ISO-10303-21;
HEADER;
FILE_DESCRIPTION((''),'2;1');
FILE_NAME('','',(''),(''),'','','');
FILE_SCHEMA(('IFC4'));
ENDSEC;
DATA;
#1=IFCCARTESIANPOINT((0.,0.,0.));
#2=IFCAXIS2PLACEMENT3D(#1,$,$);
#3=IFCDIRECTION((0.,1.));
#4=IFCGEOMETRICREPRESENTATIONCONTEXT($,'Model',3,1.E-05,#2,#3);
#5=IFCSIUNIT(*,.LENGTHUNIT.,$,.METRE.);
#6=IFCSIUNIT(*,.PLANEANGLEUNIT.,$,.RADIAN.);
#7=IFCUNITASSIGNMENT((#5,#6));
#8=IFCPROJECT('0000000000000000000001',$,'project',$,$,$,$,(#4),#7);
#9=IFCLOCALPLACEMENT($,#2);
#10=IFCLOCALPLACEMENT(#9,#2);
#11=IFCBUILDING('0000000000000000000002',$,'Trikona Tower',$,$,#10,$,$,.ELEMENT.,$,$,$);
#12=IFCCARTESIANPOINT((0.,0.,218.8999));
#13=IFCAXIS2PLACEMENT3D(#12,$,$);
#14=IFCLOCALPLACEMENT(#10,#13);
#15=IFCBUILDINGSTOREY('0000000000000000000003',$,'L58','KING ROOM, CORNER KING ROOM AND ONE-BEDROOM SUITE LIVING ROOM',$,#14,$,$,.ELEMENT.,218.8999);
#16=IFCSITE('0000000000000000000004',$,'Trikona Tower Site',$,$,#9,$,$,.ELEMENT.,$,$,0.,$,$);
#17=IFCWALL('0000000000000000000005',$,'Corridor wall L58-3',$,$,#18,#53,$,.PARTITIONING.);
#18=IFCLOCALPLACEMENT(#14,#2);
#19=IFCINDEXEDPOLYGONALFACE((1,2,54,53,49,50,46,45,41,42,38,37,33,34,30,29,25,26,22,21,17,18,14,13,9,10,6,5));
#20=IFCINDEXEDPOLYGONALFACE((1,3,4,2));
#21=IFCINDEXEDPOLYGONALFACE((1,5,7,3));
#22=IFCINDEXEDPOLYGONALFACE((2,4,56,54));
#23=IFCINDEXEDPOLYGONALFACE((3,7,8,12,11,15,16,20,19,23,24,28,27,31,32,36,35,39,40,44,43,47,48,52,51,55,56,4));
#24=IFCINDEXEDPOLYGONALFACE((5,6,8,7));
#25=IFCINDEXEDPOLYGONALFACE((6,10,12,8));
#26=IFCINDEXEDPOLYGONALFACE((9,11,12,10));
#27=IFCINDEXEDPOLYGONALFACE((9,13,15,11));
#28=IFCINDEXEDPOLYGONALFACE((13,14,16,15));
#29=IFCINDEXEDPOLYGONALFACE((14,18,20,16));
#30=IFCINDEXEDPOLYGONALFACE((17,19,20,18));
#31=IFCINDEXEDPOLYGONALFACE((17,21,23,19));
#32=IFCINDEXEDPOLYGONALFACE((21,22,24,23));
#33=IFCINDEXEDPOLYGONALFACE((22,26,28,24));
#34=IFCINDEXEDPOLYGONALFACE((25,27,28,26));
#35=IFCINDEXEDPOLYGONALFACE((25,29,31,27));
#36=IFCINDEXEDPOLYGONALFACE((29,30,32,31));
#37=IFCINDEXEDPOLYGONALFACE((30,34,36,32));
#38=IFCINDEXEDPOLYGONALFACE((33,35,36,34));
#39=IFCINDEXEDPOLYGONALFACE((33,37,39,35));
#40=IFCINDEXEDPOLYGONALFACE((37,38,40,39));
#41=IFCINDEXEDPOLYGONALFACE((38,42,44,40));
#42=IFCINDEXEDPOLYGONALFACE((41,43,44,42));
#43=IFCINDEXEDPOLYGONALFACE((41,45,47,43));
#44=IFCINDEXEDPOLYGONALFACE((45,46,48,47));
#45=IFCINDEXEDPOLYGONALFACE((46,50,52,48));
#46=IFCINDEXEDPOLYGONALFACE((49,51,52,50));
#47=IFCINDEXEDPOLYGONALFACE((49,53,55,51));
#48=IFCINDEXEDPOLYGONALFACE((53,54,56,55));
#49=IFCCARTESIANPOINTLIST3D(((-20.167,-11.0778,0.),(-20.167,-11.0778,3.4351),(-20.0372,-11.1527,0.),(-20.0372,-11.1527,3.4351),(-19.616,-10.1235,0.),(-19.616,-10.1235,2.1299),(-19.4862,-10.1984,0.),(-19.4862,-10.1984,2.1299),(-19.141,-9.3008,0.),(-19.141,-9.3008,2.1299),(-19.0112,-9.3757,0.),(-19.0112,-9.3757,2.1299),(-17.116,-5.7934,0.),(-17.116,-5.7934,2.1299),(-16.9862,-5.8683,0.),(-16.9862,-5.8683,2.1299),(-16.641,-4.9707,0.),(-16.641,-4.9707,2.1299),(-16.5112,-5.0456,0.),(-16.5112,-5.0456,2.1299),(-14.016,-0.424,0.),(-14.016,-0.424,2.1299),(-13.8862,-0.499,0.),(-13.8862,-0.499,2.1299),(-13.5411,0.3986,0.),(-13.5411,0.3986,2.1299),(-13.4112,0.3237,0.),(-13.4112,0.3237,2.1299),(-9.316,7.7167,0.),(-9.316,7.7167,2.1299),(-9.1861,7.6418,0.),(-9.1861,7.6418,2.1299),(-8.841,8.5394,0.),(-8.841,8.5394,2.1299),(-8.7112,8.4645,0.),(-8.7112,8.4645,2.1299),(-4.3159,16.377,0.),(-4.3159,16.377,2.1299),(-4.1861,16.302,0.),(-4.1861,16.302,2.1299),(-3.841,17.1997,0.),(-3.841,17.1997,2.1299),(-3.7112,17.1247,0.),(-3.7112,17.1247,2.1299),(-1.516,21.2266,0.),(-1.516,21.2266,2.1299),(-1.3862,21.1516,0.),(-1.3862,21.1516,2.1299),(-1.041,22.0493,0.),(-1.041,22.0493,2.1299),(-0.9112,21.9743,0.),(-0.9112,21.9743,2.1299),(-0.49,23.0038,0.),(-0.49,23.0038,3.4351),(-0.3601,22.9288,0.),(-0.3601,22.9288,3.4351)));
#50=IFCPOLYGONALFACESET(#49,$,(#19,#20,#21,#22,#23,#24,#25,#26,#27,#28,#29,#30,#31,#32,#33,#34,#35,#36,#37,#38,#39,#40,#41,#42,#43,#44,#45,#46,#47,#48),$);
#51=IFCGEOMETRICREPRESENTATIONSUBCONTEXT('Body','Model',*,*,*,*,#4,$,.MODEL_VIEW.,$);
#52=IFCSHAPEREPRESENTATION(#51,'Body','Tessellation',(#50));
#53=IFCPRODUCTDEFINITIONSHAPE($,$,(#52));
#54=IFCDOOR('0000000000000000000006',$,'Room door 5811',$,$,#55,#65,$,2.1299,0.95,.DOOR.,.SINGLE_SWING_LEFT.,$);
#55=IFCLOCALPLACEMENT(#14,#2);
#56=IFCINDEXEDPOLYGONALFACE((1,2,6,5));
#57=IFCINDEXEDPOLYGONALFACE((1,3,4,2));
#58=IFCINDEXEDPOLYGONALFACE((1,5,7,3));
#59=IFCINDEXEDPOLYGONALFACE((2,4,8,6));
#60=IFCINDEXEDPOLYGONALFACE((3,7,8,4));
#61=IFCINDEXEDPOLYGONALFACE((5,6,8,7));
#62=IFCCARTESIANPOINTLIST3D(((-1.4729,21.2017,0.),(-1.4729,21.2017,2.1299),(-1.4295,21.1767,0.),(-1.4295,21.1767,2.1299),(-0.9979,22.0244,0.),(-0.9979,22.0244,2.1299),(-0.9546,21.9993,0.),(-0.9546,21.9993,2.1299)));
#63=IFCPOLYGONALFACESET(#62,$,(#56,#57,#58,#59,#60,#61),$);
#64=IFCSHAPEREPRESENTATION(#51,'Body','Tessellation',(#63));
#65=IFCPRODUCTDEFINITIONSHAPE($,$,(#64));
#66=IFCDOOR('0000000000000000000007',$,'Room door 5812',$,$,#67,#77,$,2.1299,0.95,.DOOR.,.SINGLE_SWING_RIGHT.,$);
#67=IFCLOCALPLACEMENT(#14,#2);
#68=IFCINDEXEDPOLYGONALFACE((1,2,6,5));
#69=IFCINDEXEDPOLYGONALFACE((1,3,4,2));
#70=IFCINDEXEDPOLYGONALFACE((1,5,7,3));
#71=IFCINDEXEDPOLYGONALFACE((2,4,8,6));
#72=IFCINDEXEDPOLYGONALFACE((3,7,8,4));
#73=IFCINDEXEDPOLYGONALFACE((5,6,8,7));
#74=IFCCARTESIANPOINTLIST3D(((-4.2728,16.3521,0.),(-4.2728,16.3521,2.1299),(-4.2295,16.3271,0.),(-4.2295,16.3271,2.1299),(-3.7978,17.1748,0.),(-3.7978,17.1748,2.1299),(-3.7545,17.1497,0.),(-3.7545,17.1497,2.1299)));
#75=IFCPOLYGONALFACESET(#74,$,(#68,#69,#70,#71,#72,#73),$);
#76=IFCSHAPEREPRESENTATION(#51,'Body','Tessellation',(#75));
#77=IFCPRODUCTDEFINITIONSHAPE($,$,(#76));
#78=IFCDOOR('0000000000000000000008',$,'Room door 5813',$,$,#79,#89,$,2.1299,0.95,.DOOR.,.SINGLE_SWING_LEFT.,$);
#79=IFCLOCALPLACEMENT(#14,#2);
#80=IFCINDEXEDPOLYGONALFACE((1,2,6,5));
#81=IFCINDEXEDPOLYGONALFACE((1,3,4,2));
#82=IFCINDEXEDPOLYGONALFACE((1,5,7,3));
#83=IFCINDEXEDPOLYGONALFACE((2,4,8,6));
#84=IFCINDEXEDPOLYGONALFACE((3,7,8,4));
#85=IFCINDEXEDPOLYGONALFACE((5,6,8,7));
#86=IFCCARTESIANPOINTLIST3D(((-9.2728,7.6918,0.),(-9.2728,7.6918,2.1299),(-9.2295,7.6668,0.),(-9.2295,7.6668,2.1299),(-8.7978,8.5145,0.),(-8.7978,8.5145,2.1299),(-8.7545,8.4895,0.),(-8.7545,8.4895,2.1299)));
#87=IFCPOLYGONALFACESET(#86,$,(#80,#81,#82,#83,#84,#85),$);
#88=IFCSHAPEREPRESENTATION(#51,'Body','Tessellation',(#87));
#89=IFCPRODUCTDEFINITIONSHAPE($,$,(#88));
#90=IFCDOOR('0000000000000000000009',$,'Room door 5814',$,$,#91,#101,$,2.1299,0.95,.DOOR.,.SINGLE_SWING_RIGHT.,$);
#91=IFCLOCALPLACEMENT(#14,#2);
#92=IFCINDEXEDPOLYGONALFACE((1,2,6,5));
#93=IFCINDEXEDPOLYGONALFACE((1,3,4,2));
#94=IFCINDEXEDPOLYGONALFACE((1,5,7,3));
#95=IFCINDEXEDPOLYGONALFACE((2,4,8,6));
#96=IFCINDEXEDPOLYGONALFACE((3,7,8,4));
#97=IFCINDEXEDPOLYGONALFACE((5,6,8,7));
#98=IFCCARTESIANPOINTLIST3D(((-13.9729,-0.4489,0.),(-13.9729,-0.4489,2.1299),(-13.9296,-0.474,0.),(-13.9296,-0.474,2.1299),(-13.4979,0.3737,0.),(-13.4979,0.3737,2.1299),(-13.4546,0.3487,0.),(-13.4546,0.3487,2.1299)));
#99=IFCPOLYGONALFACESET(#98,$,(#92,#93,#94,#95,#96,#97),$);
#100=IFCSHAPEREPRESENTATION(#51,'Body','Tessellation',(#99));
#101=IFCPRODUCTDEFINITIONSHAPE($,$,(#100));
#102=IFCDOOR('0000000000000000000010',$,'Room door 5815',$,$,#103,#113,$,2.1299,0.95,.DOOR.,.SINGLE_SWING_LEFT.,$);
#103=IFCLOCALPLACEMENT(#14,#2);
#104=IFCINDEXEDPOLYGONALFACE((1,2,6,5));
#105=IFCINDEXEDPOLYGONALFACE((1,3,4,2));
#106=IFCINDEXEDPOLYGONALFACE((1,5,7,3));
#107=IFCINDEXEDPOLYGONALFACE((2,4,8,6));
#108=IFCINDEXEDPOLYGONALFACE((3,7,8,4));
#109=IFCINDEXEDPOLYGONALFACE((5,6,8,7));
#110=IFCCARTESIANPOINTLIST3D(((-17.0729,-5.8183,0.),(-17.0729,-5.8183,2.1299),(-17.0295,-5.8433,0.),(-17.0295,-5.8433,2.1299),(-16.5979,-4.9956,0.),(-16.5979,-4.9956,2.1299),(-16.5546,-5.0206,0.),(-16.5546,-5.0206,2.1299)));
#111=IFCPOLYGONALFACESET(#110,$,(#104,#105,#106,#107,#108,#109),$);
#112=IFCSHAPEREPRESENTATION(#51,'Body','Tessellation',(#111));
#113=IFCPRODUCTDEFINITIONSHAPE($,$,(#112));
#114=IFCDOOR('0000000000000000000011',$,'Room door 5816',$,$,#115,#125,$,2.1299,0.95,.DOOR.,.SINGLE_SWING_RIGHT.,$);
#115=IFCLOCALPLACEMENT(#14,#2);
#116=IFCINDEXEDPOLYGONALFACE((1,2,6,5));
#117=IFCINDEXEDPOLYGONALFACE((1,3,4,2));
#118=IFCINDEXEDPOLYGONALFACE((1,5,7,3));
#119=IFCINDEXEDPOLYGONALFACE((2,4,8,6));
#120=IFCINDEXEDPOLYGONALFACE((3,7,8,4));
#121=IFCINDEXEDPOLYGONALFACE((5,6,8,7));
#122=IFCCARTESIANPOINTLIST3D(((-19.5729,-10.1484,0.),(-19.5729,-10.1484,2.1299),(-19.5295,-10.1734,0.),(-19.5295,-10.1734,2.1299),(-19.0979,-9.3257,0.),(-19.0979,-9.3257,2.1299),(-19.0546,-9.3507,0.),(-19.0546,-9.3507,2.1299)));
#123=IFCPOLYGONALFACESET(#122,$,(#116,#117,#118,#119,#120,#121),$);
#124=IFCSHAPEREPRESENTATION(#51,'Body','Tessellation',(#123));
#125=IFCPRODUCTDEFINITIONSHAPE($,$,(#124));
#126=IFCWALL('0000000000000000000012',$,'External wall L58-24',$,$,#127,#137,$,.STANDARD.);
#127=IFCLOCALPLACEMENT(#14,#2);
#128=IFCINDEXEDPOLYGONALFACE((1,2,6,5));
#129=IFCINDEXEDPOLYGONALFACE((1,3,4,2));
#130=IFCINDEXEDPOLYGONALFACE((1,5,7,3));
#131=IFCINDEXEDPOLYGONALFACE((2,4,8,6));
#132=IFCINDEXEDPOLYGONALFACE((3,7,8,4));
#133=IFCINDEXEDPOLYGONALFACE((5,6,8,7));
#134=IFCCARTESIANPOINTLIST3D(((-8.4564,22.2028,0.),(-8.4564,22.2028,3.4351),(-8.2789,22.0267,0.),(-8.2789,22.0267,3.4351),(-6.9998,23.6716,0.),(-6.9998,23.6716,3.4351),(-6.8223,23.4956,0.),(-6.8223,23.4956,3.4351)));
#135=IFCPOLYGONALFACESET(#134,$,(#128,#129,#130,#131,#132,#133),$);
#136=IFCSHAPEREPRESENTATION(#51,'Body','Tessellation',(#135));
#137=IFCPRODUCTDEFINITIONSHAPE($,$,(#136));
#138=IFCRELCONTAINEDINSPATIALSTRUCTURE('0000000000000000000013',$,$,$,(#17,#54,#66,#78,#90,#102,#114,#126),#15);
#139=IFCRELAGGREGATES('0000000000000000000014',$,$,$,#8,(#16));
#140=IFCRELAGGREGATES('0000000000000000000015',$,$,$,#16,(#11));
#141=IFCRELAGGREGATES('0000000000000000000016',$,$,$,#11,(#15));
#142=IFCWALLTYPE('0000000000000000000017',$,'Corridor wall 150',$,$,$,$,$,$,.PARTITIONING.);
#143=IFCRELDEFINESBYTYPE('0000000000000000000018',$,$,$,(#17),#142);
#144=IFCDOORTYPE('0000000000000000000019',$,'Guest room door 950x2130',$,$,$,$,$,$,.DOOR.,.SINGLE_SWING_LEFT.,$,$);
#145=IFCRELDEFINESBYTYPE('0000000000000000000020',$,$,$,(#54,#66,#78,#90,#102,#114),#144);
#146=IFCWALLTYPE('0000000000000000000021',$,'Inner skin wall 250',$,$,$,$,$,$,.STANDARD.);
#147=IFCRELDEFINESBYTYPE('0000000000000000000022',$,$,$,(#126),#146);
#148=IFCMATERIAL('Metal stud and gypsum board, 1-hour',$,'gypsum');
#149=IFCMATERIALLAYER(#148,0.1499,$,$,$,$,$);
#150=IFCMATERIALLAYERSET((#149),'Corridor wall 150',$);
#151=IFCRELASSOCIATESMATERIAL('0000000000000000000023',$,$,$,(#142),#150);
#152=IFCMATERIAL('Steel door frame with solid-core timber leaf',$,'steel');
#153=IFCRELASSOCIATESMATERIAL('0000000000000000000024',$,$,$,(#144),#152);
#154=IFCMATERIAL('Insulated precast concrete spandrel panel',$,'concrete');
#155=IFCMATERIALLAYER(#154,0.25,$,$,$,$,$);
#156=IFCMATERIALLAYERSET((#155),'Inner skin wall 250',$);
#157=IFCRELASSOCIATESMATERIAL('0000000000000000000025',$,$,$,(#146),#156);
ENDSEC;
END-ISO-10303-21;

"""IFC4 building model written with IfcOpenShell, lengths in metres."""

from ifc_helpers import new_model, si_unit, direction, frame, frame_2d, origin, place, context, subcontext, project, spatial, rectangle, extrude, material, layer, layer_set, type_object, element, fill, save


model = new_model("IFC4")

# Units and contexts
model_context = context("Model", 3, precision=1e-05, world=origin(), true_north=direction((0.0, 1.0)))
body_context = subcontext(model_context, "Body", "Model", "MODEL_VIEW")
ifc_project = project(units=[si_unit("LENGTHUNIT", "METRE"), si_unit("PLANEANGLEUNIT", "RADIAN")], contexts=[model_context])

# Site, building, storey
site_placement = place(None, origin())
site = spatial("IfcSite", under=ifc_project, at=site_placement, Name="Trikona Tower Site", CompositionType="ELEMENT", RefElevation=0.0)
building_placement = place(site_placement, origin())
building = spatial("IfcBuilding", under=site, at=building_placement, Name="Trikona Tower", CompositionType="ELEMENT")
storey_placement = place(building_placement, frame((0.0, 0.0, 218.8999)))
storey = spatial("IfcBuildingStorey", under=building, at=storey_placement, Name="L58", Description="KING ROOM, CORNER KING ROOM AND ONE-BEDROOM SUITE LIVING ROOM", CompositionType="ELEMENT", Elevation=218.8999)

# Wall, openings, doors
ifc_material_1 = material(Name="Metal stud and gypsum board, 1-hour", Category="gypsum")
ifc_layer_1 = layer(ifc_material_1, 0.1499)
ifc_layer_set_1 = layer_set([ifc_layer_1], Name="Corridor wall 150")
wall_type_1 = type_object("IfcWallType", Name="Corridor wall 150", PredefinedType="PARTITIONING", material=ifc_layer_set_1)
wall_1_placement = place(storey_placement, frame((-0.425, 22.9663, 0.0), z_axis=(0.0, 0.0, 1.0), x_axis=(-0.5, -0.866025, 0.0)))
wall_1 = element("IfcWall", 1, at=wall_1_placement, inside=storey, type_object=wall_type_1, Name="Corridor wall L58-3", PredefinedType="PARTITIONING", context=body_context, shape_type="SweptSolid", body=[
    extrude(rectangle(XDim=39.354, YDim=0.1499, at=frame_2d((19.677, 0.0))), origin(), (0.0, 0.0, 1.0), 3.4351),
])
opening_1_placement = place(wall_1_placement, frame((1.1021, 0.0, 0.0)))
opening_1 = element("IfcOpeningElement", 2, at=opening_1_placement, cuts=wall_1, PredefinedType="OPENING", context=body_context, shape_type="SweptSolid", body=[
    extrude(rectangle(XDim=0.95, YDim=2.1299, at=frame_2d((0.4751, 1.0649))), frame((0.0, 0.085, 0.0), z_axis=(0.0, -1.0, 0.0), x_axis=(1.0, 0.0, 0.0)), (0.0, 0.0, 1.0), 0.1699),
])
opening_2_placement = place(wall_1_placement, frame((6.7019, 0.0, 0.0)))
opening_2 = element("IfcOpeningElement", 3, at=opening_2_placement, cuts=wall_1, PredefinedType="OPENING", context=body_context, shape_type="SweptSolid", body=[
    extrude(rectangle(XDim=0.95, YDim=2.1299, at=frame_2d((0.4751, 1.0649))), frame((0.0, 0.085, 0.0), z_axis=(0.0, -1.0, 0.0), x_axis=(1.0, 0.0, 0.0)), (0.0, 0.0, 1.0), 0.1699),
])
opening_3_placement = place(wall_1_placement, frame((16.7019, 0.0, 0.0)))
opening_3 = element("IfcOpeningElement", 4, at=opening_3_placement, cuts=wall_1, PredefinedType="OPENING", context=body_context, shape_type="SweptSolid", body=[
    extrude(rectangle(XDim=0.95, YDim=2.1299, at=frame_2d((0.4751, 1.0649))), frame((0.0, 0.085, 0.0), z_axis=(0.0, -1.0, 0.0), x_axis=(1.0, 0.0, 0.0)), (0.0, 0.0, 1.0), 0.1699),
])
opening_4_placement = place(wall_1_placement, frame((26.1021, 0.0, 0.0)))
opening_4 = element("IfcOpeningElement", 5, at=opening_4_placement, cuts=wall_1, PredefinedType="OPENING", context=body_context, shape_type="SweptSolid", body=[
    extrude(rectangle(XDim=0.95, YDim=2.1299, at=frame_2d((0.4751, 1.0649))), frame((0.0, 0.085, 0.0), z_axis=(0.0, -1.0, 0.0), x_axis=(1.0, 0.0, 0.0)), (0.0, 0.0, 1.0), 0.1699),
])
opening_5_placement = place(wall_1_placement, frame((32.302, 0.0, 0.0)))
opening_5 = element("IfcOpeningElement", 6, at=opening_5_placement, cuts=wall_1, PredefinedType="OPENING", context=body_context, shape_type="SweptSolid", body=[
    extrude(rectangle(XDim=0.95, YDim=2.1299, at=frame_2d((0.4751, 1.0649))), frame((0.0, 0.085, 0.0), z_axis=(0.0, -1.0, 0.0), x_axis=(1.0, 0.0, 0.0)), (0.0, 0.0, 1.0), 0.1699),
])
opening_6_placement = place(wall_1_placement, frame((37.302, 0.0, 0.0)))
opening_6 = element("IfcOpeningElement", 7, at=opening_6_placement, cuts=wall_1, PredefinedType="OPENING", context=body_context, shape_type="SweptSolid", body=[
    extrude(rectangle(XDim=0.95, YDim=2.1299, at=frame_2d((0.4751, 1.0649))), frame((0.0, 0.085, 0.0), z_axis=(0.0, -1.0, 0.0), x_axis=(1.0, 0.0, 0.0)), (0.0, 0.0, 1.0), 0.1699),
])
ifc_material_2 = material(Name="Steel door frame with solid-core timber leaf", Category="steel")
door_type = type_object("IfcDoorType", Name="Guest room door 950x2130", OperationType="SINGLE_SWING_LEFT", PredefinedType="DOOR", material=ifc_material_2)
door_1_placement = place(opening_1_placement, origin())
door_1 = element("IfcDoor", 8, at=door_1_placement, inside=storey, type_object=door_type, Name="Room door 5811", OperationType="SINGLE_SWING_LEFT", OverallHeight=2.1299, OverallWidth=0.95, PredefinedType="DOOR", context=body_context, shape_type="SweptSolid", body=[
    extrude(rectangle(XDim=0.95, YDim=2.1299, at=frame_2d((0.4751, 1.0649))), frame((0.0, 0.0249, 0.0), z_axis=(0.0, -1.0, 0.0), x_axis=(1.0, 0.0, 0.0)), (0.0, 0.0, 1.0), 0.05),
])
fill(opening_1, door_1)
door_2_placement = place(opening_2_placement, origin())
door_2 = element("IfcDoor", 9, at=door_2_placement, inside=storey, type_object=door_type, Name="Room door 5812", OperationType="SINGLE_SWING_RIGHT", OverallHeight=2.1299, OverallWidth=0.95, PredefinedType="DOOR", context=body_context, shape_type="SweptSolid", body=[
    extrude(rectangle(XDim=0.95, YDim=2.1299, at=frame_2d((0.4751, 1.0649))), frame((0.0, 0.0249, 0.0), z_axis=(0.0, -1.0, 0.0), x_axis=(1.0, 0.0, 0.0)), (0.0, 0.0, 1.0), 0.05),
])
fill(opening_2, door_2)
door_3_placement = place(opening_3_placement, origin())
door_3 = element("IfcDoor", 10, at=door_3_placement, inside=storey, type_object=door_type, Name="Room door 5813", OperationType="SINGLE_SWING_LEFT", OverallHeight=2.1299, OverallWidth=0.95, PredefinedType="DOOR", context=body_context, shape_type="SweptSolid", body=[
    extrude(rectangle(XDim=0.95, YDim=2.1299, at=frame_2d((0.4751, 1.0649))), frame((0.0, 0.0249, 0.0), z_axis=(0.0, -1.0, 0.0), x_axis=(1.0, 0.0, 0.0)), (0.0, 0.0, 1.0), 0.05),
])
fill(opening_3, door_3)
door_4_placement = place(opening_4_placement, origin())
door_4 = element("IfcDoor", 11, at=door_4_placement, inside=storey, type_object=door_type, Name="Room door 5814", OperationType="SINGLE_SWING_RIGHT", OverallHeight=2.1299, OverallWidth=0.95, PredefinedType="DOOR", context=body_context, shape_type="SweptSolid", body=[
    extrude(rectangle(XDim=0.95, YDim=2.1299, at=frame_2d((0.4751, 1.0649))), frame((0.0, 0.0249, 0.0), z_axis=(0.0, -1.0, 0.0), x_axis=(1.0, 0.0, 0.0)), (0.0, 0.0, 1.0), 0.05),
])
fill(opening_4, door_4)
door_5_placement = place(opening_5_placement, origin())
door_5 = element("IfcDoor", 12, at=door_5_placement, inside=storey, type_object=door_type, Name="Room door 5815", OperationType="SINGLE_SWING_LEFT", OverallHeight=2.1299, OverallWidth=0.95, PredefinedType="DOOR", context=body_context, shape_type="SweptSolid", body=[
    extrude(rectangle(XDim=0.95, YDim=2.1299, at=frame_2d((0.4751, 1.0649))), frame((0.0, 0.0249, 0.0), z_axis=(0.0, -1.0, 0.0), x_axis=(1.0, 0.0, 0.0)), (0.0, 0.0, 1.0), 0.05),
])
fill(opening_5, door_5)
door_6_placement = place(opening_6_placement, origin())
door_6 = element("IfcDoor", 13, at=door_6_placement, inside=storey, type_object=door_type, Name="Room door 5816", OperationType="SINGLE_SWING_RIGHT", OverallHeight=2.1299, OverallWidth=0.95, PredefinedType="DOOR", context=body_context, shape_type="SweptSolid", body=[
    extrude(rectangle(XDim=0.95, YDim=2.1299, at=frame_2d((0.4751, 1.0649))), frame((0.0, 0.0249, 0.0), z_axis=(0.0, -1.0, 0.0), x_axis=(1.0, 0.0, 0.0)), (0.0, 0.0, 1.0), 0.05),
])
fill(opening_6, door_6)

# Wall
ifc_material_3 = material(Name="Insulated precast concrete spandrel panel", Category="concrete")
ifc_layer_2 = layer(ifc_material_3, 0.25)
ifc_layer_set_2 = layer_set([ifc_layer_2], Name="Inner skin wall 250")
wall_type_2 = type_object("IfcWallType", Name="Inner skin wall 250", PredefinedType="STANDARD", material=ifc_layer_set_2)
wall_2_placement = place(storey_placement, frame((-6.9111, 23.5835, 0.0), z_axis=(0.0, 0.0, 1.0), x_axis=(-0.70415, -0.710051, 0.0)))
element("IfcWall", 14, at=wall_2_placement, inside=storey, type_object=wall_type_2, Name="External wall L58-24", PredefinedType="STANDARD", context=body_context, shape_type="SweptSolid", body=[
    extrude(rectangle(XDim=2.0686, YDim=0.25, at=frame_2d((1.0342, 0.0))), origin(), (0.0, 0.0, 1.0), 3.4351),
])

save(model, "model.ifc")
